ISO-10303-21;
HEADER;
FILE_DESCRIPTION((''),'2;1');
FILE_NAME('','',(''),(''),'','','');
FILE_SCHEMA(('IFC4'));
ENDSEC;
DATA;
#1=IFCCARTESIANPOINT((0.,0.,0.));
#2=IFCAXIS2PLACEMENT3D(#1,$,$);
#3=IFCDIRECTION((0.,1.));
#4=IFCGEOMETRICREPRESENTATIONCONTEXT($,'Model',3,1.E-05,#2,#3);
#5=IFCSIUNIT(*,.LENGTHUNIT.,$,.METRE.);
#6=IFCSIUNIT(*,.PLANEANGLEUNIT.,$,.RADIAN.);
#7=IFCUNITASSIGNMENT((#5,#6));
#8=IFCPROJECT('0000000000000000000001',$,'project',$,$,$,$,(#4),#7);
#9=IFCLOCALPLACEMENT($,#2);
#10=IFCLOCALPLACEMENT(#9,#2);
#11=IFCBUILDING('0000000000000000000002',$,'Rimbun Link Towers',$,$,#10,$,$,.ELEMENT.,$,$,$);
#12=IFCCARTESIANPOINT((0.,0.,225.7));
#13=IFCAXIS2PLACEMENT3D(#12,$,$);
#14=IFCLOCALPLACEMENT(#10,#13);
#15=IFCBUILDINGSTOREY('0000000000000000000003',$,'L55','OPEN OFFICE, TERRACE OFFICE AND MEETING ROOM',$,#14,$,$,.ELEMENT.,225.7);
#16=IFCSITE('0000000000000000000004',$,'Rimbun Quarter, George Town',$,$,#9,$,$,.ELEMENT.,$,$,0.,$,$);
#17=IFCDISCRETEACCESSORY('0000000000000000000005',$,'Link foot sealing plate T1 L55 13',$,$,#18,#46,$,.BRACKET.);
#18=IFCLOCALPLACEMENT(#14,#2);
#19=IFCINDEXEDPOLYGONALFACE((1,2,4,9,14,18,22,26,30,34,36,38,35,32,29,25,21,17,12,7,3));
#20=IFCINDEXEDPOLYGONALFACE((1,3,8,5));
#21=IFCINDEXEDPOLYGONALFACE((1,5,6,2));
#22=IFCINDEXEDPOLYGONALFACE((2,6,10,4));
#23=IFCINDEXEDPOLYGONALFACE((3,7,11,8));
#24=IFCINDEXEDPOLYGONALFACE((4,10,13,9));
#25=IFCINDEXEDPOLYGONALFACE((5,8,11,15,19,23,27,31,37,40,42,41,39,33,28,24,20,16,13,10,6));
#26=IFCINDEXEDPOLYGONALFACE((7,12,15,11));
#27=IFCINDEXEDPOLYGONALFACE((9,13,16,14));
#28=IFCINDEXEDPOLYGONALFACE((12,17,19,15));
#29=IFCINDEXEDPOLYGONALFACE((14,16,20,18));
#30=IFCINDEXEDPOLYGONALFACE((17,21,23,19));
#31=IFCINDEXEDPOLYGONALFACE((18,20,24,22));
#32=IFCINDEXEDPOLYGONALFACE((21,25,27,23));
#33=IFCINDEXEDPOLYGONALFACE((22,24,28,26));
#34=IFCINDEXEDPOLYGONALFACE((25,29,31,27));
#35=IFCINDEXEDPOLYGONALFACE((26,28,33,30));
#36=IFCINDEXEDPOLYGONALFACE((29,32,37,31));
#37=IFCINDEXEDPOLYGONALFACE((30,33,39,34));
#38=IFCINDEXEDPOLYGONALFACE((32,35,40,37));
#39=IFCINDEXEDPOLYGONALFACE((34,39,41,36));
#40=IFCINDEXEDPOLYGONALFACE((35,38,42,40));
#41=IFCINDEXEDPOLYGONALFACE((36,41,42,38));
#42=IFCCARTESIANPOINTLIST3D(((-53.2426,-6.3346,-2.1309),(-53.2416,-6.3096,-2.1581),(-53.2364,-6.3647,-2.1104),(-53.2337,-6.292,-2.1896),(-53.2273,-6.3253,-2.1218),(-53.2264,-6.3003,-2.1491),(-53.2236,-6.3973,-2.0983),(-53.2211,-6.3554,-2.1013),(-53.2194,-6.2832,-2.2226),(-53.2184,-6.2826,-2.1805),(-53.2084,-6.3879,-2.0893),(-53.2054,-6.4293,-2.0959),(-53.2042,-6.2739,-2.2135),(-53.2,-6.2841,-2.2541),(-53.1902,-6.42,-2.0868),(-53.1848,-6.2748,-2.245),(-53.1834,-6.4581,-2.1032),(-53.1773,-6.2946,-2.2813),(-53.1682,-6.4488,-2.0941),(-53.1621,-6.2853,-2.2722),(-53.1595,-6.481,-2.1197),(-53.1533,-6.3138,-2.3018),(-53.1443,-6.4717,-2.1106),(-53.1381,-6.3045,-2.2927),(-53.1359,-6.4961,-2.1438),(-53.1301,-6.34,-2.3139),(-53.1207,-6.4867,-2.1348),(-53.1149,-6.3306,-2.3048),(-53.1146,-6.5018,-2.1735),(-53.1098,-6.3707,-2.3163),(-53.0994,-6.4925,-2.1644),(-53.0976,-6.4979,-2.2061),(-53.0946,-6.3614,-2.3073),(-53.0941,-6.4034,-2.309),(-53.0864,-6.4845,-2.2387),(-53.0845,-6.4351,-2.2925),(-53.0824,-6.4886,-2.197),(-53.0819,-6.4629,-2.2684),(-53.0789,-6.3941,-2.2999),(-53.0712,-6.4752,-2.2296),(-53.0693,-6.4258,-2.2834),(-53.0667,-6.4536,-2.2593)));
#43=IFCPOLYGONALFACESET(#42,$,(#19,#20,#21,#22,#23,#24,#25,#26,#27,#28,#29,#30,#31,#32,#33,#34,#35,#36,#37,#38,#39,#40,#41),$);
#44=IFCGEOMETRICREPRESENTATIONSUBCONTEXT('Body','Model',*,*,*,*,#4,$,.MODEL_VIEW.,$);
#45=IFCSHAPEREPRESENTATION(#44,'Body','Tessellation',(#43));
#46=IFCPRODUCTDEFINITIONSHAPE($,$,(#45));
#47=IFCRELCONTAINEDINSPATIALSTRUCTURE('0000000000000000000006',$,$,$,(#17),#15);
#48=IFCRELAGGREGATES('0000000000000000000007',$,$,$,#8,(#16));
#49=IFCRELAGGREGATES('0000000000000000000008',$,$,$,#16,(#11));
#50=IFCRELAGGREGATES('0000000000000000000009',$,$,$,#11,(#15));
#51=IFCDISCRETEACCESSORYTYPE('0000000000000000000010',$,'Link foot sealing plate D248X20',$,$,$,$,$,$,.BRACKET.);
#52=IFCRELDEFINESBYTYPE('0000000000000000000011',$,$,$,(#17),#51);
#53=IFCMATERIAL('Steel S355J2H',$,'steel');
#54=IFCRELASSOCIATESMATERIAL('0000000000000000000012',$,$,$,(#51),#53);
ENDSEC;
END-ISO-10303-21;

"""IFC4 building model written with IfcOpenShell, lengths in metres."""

from ifc_helpers import new_model, si_unit, direction, frame, origin, origin_2d, place, context, subcontext, project, spatial, circle, extrude, material, material_profile, profile_set, type_object, element, save


model = new_model("IFC4")

# Units and contexts
model_context = context("Model", 3, precision=1e-05, world=origin(), true_north=direction((0.0, 1.0)))
body_context = subcontext(model_context, "Body", "Model", "MODEL_VIEW")
ifc_project = project(units=[si_unit("LENGTHUNIT", "METRE"), si_unit("PLANEANGLEUNIT", "RADIAN")], contexts=[model_context])

# Site, building, storey
site_placement = place(None, origin())
site = spatial("IfcSite", under=ifc_project, at=site_placement, Name="Rimbun Quarter, George Town", CompositionType="ELEMENT", RefElevation=0.0)
building_placement = place(site_placement, origin())
building = spatial("IfcBuilding", under=site, at=building_placement, Name="Rimbun Link Towers", CompositionType="ELEMENT")
storey_placement = place(building_placement, frame((0.0, 0.0, 225.7)))
storey = spatial("IfcBuildingStorey", under=building, at=storey_placement, Name="L55", Description="OPEN OFFICE, TERRACE OFFICE AND MEETING ROOM", CompositionType="ELEMENT", Elevation=225.7)

# Discrete accessory
ifc_material_1 = material(Name="Steel S355J2H", Category="steel")
ifc_material_profile_1 = material_profile(ifc_material_1, circle(Radius=0.124, at=origin_2d()), Name="PL D248")
ifc_profile_set_1 = profile_set([ifc_material_profile_1], Name="Steel S355J2H")
discrete_accessory_type = type_object("IfcDiscreteAccessoryType", Name="Link foot sealing plate D248X20", PredefinedType="BRACKET", material=ifc_profile_set_1)
discrete_accessory_placement = place(storey_placement, frame((-53.1472, -6.3828, -2.197), z_axis=(-0.759893, -0.465741, -0.453484), x_axis=(0.522562, -0.852601, 0.0)))
element("IfcDiscreteAccessory", 1, at=discrete_accessory_placement, inside=storey, type_object=discrete_accessory_type, Name="Link foot sealing plate T1 L55 13", PredefinedType="BRACKET", context=body_context, shape_type="SweptSolid", body=[
    extrude(circle(Radius=0.124, at=origin_2d()), origin(), (0.0, 0.0, 1.0), 0.02),
])

save(model, "model.ifc")
